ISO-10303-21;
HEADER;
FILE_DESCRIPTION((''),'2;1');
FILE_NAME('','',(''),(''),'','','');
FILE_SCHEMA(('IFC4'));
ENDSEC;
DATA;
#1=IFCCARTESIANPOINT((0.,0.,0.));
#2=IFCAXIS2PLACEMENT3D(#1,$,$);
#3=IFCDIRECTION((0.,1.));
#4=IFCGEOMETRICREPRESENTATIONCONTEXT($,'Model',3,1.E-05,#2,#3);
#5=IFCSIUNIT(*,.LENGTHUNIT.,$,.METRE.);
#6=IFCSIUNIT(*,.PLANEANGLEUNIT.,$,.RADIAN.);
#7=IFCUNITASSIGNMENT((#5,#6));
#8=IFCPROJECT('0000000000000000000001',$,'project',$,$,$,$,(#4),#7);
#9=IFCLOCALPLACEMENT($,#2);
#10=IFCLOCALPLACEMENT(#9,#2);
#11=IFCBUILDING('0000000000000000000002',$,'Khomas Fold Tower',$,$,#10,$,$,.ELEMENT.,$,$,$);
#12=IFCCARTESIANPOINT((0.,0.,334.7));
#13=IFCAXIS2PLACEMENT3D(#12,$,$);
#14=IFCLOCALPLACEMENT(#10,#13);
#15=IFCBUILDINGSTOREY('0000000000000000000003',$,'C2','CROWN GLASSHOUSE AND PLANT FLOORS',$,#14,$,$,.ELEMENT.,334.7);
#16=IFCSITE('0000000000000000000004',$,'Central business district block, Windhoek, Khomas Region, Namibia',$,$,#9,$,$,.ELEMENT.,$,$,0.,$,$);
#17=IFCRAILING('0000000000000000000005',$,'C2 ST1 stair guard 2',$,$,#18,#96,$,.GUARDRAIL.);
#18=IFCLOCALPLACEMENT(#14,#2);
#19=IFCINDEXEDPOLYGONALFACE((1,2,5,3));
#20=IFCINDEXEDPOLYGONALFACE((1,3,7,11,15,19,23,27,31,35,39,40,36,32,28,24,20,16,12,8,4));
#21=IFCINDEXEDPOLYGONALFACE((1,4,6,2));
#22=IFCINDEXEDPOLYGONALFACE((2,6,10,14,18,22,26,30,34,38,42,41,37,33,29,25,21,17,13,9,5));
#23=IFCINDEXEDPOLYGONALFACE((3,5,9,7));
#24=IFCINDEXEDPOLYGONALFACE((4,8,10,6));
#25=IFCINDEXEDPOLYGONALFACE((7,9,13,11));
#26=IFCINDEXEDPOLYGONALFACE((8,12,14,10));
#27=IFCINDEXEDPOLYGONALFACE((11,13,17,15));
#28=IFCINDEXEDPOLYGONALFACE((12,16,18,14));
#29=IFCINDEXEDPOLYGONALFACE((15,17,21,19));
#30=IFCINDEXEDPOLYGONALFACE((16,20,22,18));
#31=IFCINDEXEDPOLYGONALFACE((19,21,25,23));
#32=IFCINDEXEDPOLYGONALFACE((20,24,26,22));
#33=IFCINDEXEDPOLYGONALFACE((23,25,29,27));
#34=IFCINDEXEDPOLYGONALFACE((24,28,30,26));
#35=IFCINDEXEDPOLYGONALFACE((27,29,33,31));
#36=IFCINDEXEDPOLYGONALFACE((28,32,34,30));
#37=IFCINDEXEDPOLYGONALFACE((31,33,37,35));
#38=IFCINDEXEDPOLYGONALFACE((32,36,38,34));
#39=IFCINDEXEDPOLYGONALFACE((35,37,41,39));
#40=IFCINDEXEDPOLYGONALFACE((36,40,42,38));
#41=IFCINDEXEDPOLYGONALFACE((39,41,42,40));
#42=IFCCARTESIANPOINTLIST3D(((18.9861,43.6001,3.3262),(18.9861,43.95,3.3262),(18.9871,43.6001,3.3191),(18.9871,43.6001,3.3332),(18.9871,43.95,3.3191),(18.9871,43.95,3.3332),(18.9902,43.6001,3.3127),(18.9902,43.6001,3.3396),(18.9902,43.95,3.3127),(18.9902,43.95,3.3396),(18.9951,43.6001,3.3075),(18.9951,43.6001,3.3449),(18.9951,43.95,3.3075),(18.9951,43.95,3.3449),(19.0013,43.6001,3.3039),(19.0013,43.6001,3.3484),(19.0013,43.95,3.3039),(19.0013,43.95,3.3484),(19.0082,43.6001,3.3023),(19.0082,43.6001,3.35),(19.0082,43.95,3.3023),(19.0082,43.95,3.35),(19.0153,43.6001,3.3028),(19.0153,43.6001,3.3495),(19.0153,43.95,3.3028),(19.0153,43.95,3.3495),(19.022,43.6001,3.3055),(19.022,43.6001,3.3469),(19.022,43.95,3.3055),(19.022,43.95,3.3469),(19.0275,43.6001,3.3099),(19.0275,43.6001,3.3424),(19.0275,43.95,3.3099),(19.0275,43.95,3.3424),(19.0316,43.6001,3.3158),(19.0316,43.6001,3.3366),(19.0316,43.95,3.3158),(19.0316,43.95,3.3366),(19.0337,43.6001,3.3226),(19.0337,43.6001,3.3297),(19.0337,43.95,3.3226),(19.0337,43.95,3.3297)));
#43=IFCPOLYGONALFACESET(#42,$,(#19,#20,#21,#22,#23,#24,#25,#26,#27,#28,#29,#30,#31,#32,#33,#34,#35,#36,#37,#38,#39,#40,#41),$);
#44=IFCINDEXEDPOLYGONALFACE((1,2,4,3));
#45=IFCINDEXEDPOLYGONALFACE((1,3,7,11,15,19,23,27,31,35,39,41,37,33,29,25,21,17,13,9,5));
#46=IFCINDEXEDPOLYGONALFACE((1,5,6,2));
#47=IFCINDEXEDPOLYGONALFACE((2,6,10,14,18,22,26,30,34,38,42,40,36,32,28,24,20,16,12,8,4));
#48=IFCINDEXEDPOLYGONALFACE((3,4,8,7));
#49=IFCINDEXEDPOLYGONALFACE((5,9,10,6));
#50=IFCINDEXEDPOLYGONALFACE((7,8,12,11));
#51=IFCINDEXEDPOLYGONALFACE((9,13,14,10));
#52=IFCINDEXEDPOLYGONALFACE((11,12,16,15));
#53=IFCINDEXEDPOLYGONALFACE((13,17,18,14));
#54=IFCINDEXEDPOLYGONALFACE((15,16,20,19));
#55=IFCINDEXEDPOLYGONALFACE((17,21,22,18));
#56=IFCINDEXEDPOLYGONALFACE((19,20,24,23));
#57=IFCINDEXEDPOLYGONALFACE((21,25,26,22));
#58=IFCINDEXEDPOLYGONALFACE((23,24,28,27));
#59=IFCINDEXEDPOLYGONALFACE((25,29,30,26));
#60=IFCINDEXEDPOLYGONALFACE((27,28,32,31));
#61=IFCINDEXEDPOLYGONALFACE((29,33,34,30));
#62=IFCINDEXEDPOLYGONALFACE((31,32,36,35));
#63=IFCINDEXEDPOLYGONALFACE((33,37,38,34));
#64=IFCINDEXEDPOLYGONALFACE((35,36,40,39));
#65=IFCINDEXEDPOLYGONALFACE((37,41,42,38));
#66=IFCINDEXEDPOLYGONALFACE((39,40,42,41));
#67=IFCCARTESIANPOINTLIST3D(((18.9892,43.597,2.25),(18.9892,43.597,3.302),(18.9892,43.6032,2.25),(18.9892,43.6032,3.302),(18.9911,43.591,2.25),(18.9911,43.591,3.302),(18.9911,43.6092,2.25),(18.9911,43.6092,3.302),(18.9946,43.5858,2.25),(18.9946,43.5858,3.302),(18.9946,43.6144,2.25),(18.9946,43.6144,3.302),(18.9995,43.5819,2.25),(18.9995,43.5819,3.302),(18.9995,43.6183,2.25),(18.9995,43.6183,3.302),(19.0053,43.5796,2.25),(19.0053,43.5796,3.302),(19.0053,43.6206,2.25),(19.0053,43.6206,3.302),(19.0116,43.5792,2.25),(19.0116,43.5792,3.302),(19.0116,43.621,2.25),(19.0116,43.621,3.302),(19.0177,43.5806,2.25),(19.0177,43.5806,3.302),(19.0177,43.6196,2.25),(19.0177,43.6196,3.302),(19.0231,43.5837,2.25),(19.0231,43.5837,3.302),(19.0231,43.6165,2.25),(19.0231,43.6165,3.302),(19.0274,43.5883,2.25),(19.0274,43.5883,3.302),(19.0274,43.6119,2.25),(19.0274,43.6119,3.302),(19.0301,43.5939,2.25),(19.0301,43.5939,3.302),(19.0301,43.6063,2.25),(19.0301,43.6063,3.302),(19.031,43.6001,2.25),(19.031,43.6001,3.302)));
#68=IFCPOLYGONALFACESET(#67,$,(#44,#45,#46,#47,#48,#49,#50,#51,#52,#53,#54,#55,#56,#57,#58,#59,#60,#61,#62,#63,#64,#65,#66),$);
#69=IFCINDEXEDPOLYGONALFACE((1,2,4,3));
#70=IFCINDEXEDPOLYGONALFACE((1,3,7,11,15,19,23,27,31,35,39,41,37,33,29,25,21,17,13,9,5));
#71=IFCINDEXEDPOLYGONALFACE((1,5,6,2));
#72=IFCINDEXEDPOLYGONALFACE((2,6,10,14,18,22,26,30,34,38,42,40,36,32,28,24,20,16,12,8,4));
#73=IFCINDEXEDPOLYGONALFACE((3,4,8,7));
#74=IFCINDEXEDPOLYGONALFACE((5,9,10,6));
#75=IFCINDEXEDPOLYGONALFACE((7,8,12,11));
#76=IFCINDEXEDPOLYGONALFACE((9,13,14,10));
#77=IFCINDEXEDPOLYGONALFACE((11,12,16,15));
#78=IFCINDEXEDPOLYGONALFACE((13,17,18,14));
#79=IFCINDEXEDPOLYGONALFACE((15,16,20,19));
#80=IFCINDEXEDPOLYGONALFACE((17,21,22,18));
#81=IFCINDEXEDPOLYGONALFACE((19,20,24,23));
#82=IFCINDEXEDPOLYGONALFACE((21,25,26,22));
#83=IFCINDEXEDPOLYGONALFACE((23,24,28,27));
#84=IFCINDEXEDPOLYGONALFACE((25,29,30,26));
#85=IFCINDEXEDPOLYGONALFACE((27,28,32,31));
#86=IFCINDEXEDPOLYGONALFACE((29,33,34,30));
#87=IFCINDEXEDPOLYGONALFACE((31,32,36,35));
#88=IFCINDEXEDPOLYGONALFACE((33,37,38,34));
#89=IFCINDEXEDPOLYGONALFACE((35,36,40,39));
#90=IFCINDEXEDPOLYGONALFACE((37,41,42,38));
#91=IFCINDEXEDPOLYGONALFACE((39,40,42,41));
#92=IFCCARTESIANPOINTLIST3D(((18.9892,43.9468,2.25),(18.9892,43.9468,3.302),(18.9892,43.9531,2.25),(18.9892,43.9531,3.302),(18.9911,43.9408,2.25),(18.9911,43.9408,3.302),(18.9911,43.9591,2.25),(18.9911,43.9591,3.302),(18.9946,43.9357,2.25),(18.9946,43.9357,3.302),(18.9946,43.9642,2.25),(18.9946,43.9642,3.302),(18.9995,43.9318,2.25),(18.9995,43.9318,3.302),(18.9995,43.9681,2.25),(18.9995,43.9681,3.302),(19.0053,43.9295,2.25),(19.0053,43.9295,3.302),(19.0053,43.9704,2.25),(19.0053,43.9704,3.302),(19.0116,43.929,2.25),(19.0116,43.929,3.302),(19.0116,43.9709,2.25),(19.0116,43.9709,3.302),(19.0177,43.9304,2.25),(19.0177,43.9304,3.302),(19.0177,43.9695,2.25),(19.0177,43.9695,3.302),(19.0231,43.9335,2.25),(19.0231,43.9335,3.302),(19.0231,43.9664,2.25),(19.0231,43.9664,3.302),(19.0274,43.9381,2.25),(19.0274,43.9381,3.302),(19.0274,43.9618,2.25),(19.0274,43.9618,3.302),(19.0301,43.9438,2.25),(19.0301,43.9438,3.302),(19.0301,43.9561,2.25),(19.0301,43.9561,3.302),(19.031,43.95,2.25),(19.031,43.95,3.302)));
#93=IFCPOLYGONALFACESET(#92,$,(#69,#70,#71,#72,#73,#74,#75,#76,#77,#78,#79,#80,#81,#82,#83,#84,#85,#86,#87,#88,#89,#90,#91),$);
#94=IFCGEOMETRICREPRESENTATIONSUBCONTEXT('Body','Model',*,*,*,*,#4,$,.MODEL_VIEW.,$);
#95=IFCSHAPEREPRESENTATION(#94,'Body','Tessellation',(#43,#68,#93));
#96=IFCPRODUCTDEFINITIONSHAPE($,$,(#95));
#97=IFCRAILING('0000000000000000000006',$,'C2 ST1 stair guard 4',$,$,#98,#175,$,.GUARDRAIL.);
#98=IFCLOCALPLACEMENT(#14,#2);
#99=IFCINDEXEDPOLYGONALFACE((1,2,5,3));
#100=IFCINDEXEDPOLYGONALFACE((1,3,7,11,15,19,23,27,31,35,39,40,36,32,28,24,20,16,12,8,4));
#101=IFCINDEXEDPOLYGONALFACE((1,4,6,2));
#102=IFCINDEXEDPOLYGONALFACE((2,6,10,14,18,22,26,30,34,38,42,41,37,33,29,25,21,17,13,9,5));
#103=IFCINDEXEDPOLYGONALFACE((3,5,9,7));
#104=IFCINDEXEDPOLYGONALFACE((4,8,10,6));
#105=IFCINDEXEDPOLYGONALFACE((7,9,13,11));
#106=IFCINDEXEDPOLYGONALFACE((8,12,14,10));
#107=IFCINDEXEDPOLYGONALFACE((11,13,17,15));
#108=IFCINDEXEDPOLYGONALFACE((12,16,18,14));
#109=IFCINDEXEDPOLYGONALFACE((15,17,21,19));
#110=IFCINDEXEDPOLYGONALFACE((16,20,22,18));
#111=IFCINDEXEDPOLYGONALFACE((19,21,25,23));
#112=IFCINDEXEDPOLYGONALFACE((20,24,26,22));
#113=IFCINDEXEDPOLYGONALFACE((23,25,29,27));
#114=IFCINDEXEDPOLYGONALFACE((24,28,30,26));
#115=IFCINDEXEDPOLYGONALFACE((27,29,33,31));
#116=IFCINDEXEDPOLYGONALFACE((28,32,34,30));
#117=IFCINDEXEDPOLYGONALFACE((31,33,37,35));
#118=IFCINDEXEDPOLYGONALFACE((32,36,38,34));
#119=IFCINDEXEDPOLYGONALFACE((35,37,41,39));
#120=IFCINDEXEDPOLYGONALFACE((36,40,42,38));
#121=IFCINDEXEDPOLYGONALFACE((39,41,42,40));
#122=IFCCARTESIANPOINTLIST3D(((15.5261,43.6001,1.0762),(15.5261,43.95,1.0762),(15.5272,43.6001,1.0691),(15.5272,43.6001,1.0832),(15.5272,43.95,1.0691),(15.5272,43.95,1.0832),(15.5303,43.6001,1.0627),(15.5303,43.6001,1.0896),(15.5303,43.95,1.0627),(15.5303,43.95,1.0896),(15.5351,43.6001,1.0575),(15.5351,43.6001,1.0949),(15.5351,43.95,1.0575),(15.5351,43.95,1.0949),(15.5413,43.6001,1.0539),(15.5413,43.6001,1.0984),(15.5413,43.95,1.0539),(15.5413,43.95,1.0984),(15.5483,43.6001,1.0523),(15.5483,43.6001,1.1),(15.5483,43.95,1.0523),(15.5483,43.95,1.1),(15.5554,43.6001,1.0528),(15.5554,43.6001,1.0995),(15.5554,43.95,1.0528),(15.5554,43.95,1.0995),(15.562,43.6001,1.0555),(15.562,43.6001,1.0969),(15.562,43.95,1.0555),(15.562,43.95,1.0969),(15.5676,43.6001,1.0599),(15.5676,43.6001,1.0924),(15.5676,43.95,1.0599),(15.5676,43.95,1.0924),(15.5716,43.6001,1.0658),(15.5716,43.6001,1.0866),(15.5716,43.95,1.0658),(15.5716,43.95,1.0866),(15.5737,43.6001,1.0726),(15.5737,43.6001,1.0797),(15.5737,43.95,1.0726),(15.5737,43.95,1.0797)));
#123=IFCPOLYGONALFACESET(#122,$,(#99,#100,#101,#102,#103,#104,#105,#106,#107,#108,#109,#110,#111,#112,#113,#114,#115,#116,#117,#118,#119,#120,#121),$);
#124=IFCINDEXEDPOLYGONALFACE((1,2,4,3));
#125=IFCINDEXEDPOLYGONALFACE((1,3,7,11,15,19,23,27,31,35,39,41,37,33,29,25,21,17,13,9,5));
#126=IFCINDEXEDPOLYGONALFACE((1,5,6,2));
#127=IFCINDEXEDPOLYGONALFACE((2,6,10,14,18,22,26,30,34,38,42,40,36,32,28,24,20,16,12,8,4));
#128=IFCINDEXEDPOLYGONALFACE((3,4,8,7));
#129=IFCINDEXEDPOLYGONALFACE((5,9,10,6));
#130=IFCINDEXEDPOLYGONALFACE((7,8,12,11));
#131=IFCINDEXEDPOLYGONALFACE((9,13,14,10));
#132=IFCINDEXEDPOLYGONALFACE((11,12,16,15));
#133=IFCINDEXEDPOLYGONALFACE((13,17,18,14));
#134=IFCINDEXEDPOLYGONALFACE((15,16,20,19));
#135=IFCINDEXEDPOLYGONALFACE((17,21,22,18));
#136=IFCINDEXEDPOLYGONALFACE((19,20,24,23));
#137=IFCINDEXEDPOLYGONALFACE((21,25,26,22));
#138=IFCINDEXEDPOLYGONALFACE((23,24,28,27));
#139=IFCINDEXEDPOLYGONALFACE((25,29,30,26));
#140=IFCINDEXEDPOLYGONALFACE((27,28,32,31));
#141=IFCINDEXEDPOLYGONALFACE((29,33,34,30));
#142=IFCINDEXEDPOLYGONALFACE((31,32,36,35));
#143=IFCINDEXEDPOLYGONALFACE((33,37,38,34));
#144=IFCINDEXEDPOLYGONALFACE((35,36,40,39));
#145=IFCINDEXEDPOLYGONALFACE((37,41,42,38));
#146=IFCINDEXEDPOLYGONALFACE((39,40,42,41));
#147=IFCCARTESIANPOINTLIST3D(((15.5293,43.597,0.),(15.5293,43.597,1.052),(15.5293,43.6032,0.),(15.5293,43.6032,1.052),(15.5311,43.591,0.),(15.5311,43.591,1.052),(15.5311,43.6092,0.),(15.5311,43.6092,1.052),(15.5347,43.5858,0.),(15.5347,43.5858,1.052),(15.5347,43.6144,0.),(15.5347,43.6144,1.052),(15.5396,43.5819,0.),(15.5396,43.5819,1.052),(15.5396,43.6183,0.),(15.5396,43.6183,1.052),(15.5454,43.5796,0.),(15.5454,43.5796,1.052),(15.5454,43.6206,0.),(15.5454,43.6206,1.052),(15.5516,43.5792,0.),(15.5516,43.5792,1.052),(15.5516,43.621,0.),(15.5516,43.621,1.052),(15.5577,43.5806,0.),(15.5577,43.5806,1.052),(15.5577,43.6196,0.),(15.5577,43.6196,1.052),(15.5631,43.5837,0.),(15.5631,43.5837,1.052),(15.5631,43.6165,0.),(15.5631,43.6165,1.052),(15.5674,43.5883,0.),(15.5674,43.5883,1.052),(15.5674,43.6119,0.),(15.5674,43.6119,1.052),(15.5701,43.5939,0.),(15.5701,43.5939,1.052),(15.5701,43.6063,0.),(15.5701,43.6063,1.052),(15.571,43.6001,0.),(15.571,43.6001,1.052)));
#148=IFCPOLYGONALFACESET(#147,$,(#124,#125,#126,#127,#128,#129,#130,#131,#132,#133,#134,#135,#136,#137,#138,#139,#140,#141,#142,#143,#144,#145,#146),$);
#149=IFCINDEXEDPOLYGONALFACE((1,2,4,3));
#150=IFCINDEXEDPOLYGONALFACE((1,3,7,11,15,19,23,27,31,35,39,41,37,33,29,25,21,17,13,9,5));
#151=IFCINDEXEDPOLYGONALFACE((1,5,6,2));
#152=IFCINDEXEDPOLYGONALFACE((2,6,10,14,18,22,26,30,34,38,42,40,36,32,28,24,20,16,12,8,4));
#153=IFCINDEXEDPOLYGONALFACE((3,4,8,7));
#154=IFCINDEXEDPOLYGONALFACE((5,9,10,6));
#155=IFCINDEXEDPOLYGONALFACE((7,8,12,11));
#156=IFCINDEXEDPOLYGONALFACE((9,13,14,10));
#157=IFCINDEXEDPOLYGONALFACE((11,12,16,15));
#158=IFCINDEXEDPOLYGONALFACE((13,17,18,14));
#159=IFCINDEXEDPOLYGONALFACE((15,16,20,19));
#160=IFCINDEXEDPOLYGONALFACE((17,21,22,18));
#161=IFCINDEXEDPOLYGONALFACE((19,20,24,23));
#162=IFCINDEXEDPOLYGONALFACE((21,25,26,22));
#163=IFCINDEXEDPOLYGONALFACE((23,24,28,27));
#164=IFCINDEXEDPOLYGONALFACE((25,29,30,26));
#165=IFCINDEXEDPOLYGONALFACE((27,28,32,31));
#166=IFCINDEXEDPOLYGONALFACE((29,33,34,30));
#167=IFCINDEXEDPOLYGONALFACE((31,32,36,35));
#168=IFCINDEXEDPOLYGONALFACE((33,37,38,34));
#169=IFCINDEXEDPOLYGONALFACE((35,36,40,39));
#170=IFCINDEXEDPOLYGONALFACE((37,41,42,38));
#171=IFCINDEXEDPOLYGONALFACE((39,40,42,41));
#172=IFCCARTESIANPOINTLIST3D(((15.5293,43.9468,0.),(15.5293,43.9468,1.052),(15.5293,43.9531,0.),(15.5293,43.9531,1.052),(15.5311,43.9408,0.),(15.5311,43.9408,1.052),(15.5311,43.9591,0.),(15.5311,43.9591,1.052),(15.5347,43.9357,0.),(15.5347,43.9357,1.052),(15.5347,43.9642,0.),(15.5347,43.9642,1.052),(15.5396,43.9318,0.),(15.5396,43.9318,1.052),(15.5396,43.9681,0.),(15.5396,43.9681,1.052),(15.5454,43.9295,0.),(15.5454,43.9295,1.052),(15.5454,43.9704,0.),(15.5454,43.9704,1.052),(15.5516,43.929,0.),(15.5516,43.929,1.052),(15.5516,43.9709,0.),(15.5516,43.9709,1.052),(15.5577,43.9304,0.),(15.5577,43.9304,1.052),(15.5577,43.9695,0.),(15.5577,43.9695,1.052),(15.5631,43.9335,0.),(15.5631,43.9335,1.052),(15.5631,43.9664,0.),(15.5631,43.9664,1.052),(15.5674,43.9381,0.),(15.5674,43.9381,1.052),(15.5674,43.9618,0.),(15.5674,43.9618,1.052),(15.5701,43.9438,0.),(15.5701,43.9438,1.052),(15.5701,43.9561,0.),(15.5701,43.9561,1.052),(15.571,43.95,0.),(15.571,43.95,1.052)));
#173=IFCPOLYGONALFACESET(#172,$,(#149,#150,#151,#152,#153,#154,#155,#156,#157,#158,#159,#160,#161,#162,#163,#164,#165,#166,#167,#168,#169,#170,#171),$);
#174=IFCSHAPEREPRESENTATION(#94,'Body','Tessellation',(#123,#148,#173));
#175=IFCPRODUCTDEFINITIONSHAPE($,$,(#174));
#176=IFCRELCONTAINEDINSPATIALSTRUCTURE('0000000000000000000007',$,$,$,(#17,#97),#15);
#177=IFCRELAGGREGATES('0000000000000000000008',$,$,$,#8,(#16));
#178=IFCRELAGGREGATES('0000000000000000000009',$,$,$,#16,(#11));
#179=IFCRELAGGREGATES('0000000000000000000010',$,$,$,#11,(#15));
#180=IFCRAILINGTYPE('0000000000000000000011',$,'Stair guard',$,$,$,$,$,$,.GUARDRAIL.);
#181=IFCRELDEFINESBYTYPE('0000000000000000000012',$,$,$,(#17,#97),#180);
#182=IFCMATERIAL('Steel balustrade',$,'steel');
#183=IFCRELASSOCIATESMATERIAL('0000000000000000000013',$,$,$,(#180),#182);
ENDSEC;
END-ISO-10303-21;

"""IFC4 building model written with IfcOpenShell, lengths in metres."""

from ifc_helpers import new_model, si_unit, direction, frame, origin, origin_2d, place, context, subcontext, project, spatial, circle, extrude, source, transform, mapped, material, type_object, element, save


model = new_model("IFC4")

# Units and contexts
model_context = context("Model", 3, precision=1e-05, world=origin(), true_north=direction((0.0, 1.0)))
body_context = subcontext(model_context, "Body", "Model", "MODEL_VIEW")
ifc_project = project(units=[si_unit("LENGTHUNIT", "METRE"), si_unit("PLANEANGLEUNIT", "RADIAN")], contexts=[model_context])

# Site, building, storey
site_placement = place(None, origin())
site = spatial("IfcSite", under=ifc_project, at=site_placement, Name="Central business district block, Windhoek, Khomas Region, Namibia", CompositionType="ELEMENT", RefElevation=0.0)
building_placement = place(site_placement, origin())
building = spatial("IfcBuilding", under=site, at=building_placement, Name="Khomas Fold Tower", CompositionType="ELEMENT")
storey_placement = place(building_placement, frame((0.0, 0.0, 334.7)))
storey = spatial("IfcBuildingStorey", under=building, at=storey_placement, Name="C2", Description="CROWN GLASSHOUSE AND PLANT FLOORS", CompositionType="ELEMENT", Elevation=334.7)

# Railings
ifc_material_1 = material(Name="Steel balustrade", Category="steel")
railing_type_1 = type_object("IfcRailingType", Name="Stair guard", PredefinedType="GUARDRAIL", material=ifc_material_1)
shared_shape_1 = source(origin(), body_context, "Body", "SweptSolid", [
    extrude(circle(Radius=0.0239, at=origin_2d()), frame((0.0, 0.0, 1.0762), z_axis=(0.0, 1.0, 0.0), x_axis=(-1.0, 0.0, 0.0)), (0.0, 0.0, 1.0), 0.3499),
    extrude(circle(Radius=0.021, at=origin_2d()), origin(), (0.0, 0.0, 1.0), 1.052),
    extrude(circle(Radius=0.021, at=origin_2d()), frame((0.0, 0.3499, 0.0)), (0.0, 0.0, 1.0), 1.052),
])
for number, where, name in (
    (1, (19.01, 43.6001, 2.25), "C2 ST1 stair guard 2"),
    (2, (15.55, 43.6001, 0.0), "C2 ST1 stair guard 4"),
):
    element("IfcRailing", number, at=place(storey_placement, frame(where)), inside=storey, type_object=railing_type_1, Name=name, PredefinedType="GUARDRAIL", context=body_context, shape_type="MappedRepresentation", body=[
        mapped(shared_shape_1, transform((0.0, 0.0, 0.0))),
    ])

save(model, "model.ifc")
